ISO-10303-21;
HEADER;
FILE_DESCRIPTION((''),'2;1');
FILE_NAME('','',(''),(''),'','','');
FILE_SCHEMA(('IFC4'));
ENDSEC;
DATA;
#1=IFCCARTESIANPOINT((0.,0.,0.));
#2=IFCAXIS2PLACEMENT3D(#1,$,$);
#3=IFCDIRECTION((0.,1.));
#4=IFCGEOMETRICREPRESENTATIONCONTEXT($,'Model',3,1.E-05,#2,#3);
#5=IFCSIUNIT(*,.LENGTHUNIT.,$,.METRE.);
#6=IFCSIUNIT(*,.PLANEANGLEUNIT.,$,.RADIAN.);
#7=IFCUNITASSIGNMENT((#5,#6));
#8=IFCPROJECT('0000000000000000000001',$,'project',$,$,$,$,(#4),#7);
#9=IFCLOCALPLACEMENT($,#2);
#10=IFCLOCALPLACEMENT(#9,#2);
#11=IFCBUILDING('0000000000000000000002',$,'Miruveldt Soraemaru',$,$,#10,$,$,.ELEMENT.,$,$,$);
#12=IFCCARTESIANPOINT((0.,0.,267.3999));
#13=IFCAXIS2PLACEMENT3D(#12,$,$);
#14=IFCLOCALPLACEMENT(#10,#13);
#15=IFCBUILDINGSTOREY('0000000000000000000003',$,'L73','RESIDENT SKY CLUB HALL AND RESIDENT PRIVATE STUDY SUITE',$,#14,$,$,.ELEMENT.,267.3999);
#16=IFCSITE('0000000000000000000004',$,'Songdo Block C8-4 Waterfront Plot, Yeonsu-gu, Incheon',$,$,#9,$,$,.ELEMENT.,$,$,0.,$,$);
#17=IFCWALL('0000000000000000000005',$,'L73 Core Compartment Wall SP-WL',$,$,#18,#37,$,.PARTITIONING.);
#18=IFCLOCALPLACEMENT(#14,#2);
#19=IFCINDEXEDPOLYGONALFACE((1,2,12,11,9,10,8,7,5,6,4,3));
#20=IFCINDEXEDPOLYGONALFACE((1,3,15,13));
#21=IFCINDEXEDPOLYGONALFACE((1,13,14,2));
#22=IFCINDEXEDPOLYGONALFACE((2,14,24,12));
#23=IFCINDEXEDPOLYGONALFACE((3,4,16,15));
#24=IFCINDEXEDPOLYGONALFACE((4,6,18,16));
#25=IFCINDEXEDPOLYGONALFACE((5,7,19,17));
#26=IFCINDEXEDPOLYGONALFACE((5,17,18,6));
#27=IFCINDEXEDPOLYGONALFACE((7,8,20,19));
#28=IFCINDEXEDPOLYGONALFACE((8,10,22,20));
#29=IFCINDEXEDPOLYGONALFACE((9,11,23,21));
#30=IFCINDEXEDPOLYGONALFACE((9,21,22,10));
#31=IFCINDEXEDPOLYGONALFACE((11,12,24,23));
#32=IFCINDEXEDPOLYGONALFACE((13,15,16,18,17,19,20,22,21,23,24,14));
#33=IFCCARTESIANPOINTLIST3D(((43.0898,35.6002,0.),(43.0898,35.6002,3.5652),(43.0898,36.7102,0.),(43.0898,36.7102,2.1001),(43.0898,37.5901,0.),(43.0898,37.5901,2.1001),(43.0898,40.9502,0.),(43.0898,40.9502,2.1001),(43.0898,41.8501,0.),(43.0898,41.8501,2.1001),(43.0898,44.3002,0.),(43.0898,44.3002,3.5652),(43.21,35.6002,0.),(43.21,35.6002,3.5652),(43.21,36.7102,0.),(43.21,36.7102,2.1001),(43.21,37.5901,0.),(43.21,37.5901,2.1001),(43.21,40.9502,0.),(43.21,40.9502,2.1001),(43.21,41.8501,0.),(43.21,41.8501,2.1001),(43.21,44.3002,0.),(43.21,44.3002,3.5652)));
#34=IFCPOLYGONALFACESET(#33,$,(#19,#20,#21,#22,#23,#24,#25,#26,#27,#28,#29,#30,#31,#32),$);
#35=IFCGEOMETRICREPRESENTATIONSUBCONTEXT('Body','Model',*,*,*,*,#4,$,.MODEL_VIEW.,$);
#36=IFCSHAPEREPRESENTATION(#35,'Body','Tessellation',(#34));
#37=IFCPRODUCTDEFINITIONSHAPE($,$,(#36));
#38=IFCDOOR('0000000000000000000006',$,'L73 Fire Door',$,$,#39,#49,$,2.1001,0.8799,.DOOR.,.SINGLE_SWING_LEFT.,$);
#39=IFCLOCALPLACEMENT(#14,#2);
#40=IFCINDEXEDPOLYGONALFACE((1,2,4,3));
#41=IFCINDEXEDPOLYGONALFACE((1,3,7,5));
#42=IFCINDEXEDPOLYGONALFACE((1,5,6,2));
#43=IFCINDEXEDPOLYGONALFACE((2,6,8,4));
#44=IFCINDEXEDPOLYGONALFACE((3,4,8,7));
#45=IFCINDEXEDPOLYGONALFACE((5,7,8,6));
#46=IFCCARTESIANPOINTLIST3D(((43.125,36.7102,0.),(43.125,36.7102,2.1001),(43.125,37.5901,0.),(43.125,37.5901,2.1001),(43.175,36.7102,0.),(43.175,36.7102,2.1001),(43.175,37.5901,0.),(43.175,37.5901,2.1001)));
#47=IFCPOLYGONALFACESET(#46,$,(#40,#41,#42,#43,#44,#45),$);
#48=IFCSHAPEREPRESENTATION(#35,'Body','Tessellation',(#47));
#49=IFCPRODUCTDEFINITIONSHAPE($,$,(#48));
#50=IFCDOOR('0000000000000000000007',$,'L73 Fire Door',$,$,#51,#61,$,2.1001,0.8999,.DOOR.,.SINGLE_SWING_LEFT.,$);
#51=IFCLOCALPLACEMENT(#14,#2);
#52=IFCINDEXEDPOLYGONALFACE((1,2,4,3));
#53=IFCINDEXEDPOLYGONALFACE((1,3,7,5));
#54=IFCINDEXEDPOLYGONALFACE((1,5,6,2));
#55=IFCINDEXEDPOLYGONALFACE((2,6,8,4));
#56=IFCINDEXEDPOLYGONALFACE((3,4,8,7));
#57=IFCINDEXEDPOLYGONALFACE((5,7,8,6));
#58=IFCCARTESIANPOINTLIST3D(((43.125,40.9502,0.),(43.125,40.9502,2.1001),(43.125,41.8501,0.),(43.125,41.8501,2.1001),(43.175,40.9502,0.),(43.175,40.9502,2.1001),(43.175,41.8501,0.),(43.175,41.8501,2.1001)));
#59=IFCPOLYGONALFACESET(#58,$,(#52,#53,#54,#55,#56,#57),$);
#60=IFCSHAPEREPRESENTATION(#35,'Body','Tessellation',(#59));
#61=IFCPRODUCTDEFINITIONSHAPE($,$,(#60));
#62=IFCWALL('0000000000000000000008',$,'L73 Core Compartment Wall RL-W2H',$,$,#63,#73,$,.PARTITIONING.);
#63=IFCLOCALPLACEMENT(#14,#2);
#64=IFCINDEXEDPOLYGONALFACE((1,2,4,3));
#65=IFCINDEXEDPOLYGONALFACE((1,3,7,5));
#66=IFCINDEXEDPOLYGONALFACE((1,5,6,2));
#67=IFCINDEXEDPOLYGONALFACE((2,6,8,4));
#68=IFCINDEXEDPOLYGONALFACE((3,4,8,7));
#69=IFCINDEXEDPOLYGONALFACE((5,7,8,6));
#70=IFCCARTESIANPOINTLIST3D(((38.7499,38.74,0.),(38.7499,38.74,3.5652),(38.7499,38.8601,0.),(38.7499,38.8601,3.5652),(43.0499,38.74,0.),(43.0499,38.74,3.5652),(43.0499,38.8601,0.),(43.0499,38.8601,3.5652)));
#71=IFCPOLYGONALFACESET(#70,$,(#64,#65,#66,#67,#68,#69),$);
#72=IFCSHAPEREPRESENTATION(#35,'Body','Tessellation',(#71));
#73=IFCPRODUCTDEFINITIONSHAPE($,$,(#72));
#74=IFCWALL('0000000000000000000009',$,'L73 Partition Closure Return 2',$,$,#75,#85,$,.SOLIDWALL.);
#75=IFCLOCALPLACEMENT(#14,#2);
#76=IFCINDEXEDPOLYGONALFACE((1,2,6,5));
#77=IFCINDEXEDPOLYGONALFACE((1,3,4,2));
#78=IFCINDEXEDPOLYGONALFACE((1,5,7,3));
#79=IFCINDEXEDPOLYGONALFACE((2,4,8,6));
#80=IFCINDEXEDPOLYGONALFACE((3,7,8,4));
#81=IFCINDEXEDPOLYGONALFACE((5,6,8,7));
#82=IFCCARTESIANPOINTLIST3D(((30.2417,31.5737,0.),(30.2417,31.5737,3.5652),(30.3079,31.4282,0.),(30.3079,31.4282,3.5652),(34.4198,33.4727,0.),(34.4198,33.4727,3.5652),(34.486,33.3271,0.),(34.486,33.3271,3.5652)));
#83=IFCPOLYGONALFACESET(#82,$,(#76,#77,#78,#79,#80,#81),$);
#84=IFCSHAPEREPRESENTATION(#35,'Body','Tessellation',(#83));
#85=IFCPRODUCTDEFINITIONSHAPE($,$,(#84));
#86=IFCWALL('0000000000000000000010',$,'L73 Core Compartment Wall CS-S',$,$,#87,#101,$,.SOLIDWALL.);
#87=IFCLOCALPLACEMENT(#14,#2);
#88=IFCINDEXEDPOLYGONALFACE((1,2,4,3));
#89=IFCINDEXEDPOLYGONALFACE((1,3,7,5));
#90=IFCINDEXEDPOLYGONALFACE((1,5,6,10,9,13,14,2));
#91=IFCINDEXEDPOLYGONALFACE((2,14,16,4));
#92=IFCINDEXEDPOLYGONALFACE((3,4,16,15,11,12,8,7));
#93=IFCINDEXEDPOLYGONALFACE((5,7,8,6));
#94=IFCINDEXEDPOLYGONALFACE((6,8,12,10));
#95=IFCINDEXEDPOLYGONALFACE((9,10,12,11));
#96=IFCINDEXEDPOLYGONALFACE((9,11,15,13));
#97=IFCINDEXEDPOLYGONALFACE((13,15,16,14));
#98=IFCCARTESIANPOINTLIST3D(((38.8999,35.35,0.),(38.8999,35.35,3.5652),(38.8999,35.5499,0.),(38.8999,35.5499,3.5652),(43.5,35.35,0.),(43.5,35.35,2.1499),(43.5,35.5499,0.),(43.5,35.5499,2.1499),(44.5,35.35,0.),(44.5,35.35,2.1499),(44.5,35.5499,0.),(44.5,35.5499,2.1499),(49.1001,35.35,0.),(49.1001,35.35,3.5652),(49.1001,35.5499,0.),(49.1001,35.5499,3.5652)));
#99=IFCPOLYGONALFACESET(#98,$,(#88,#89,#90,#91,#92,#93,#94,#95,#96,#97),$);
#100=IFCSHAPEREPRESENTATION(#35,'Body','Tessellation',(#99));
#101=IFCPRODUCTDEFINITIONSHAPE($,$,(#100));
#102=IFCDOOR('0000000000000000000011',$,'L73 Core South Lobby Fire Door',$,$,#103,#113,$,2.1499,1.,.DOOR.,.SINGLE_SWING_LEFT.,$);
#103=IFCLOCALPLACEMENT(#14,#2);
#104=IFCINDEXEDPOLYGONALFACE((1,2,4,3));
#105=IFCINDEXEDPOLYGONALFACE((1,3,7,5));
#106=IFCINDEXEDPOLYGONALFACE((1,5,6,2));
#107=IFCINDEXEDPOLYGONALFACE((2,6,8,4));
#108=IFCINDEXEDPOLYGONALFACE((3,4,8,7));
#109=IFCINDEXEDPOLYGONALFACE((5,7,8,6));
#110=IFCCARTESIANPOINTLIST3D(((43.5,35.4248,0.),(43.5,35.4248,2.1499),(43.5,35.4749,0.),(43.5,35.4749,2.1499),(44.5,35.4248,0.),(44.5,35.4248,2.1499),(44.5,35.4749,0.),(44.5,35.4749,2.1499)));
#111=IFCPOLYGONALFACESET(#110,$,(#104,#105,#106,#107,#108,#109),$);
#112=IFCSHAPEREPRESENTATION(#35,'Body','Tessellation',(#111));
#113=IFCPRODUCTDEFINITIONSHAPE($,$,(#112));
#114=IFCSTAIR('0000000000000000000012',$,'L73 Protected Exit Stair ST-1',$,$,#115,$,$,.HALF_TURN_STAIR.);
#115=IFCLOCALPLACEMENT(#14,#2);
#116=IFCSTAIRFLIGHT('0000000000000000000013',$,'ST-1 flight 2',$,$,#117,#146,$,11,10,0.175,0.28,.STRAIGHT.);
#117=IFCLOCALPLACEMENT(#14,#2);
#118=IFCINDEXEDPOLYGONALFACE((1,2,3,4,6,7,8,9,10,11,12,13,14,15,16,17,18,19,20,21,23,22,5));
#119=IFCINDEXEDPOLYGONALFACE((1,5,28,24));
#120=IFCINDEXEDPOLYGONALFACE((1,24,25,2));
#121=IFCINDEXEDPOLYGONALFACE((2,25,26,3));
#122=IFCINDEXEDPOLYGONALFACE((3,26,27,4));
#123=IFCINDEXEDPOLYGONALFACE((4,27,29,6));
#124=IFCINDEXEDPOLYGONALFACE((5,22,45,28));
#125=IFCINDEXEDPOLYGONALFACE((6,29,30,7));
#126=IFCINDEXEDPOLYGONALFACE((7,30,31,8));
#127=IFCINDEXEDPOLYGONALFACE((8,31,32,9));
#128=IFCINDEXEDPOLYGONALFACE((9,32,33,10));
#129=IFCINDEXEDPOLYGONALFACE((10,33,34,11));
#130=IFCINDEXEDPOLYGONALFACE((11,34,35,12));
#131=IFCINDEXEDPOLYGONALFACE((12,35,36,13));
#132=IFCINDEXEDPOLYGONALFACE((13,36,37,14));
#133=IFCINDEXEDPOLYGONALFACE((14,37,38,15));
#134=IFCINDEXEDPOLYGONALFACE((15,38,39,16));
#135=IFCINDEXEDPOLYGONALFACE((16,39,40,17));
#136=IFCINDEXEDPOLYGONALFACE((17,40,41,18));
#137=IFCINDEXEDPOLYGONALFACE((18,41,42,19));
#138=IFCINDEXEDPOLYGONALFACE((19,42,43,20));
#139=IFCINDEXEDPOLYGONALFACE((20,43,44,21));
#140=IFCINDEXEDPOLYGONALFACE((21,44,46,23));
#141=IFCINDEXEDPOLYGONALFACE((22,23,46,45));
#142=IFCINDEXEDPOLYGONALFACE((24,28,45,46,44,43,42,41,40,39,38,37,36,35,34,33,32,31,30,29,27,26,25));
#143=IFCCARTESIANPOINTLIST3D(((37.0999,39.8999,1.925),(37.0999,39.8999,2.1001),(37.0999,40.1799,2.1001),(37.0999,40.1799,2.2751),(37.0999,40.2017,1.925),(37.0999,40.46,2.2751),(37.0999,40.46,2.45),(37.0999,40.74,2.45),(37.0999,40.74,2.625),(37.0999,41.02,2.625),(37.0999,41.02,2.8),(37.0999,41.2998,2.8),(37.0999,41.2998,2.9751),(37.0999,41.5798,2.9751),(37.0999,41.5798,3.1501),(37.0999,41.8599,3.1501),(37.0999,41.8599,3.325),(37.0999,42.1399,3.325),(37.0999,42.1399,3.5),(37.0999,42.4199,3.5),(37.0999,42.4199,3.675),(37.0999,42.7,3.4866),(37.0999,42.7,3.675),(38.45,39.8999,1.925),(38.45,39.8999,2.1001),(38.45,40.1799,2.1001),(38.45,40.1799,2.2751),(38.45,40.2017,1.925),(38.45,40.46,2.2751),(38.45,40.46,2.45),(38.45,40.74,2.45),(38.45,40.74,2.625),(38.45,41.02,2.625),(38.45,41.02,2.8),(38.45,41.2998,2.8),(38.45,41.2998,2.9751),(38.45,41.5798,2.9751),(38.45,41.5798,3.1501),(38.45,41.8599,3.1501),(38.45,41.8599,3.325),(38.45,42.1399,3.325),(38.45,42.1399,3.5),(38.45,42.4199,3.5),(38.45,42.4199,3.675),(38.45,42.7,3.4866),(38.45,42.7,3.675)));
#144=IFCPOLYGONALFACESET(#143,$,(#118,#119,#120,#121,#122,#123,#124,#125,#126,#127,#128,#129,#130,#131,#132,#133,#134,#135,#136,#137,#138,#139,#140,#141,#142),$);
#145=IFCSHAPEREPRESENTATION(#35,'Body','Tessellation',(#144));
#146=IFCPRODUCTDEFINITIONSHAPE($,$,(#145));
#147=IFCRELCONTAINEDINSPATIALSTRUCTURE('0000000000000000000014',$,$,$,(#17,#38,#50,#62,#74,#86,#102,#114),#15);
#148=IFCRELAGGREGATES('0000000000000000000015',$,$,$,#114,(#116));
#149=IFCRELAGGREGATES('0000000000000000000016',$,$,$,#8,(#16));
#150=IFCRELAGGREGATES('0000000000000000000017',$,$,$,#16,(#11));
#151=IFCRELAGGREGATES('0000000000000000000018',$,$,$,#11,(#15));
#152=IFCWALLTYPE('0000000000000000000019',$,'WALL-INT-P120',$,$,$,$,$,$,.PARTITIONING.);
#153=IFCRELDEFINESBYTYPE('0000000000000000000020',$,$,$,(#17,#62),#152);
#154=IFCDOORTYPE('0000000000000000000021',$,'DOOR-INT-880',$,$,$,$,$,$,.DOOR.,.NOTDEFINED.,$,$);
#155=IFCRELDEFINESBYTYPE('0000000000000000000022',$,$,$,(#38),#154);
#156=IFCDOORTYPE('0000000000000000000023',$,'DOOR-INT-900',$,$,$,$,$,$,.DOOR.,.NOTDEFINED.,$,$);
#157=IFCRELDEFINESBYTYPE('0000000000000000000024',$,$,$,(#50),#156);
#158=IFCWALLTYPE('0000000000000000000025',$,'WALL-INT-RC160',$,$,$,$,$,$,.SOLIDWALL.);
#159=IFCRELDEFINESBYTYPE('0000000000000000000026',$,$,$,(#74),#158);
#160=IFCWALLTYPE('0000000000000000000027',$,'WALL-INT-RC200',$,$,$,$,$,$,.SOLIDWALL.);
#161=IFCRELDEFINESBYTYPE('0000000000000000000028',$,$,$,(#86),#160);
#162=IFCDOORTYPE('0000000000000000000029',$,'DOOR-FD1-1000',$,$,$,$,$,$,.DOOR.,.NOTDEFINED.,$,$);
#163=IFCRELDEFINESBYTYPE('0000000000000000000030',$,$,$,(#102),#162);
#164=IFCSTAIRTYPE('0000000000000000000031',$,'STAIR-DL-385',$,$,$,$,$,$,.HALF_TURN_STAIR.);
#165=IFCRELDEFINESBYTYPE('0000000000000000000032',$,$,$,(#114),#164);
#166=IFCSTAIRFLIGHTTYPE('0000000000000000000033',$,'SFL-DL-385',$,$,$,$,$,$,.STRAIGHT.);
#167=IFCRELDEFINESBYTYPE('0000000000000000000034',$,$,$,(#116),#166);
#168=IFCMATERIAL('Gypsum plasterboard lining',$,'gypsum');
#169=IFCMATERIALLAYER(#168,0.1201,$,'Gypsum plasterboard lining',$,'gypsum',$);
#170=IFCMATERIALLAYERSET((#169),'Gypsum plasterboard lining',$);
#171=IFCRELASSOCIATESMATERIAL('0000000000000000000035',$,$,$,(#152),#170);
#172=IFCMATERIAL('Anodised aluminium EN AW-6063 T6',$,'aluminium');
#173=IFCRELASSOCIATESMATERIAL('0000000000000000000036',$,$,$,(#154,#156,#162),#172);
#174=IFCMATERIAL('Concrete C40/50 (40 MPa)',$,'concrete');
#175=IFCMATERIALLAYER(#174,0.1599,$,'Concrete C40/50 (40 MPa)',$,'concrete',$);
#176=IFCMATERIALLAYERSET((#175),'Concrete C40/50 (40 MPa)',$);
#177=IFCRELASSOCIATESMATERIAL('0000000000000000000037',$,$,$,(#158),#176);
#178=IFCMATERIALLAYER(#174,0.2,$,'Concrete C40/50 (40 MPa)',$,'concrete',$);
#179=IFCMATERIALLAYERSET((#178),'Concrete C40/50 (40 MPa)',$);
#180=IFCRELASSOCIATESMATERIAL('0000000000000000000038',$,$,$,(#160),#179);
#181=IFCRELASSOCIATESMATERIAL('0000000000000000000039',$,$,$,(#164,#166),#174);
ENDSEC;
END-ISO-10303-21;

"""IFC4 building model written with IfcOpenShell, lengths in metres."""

from ifc_helpers import new_model, si_unit, direction, frame, frame_2d, origin, place, context, subcontext, project, spatial, polyline, rectangle, outline, extrude, material, layer, layer_set, type_object, element, fill, aggregate, save


model = new_model("IFC4")

# Units and contexts
model_context = context("Model", 3, precision=1e-05, world=origin(), true_north=direction((0.0, 1.0)))
body_context = subcontext(model_context, "Body", "Model", "MODEL_VIEW")
ifc_project = project(units=[si_unit("LENGTHUNIT", "METRE"), si_unit("PLANEANGLEUNIT", "RADIAN")], contexts=[model_context])

# Site, building, storey
site_placement = place(None, origin())
site = spatial("IfcSite", under=ifc_project, at=site_placement, Name="Songdo Block C8-4 Waterfront Plot, Yeonsu-gu, Incheon", CompositionType="ELEMENT", RefElevation=0.0)
building_placement = place(site_placement, origin())
building = spatial("IfcBuilding", under=site, at=building_placement, Name="Miruveldt Soraemaru", CompositionType="ELEMENT")
storey_placement = place(building_placement, frame((0.0, 0.0, 267.3999)))
storey = spatial("IfcBuildingStorey", under=building, at=storey_placement, Name="L73", Description="RESIDENT SKY CLUB HALL AND RESIDENT PRIVATE STUDY SUITE", CompositionType="ELEMENT", Elevation=267.3999)

# Shared definitions
ifc_material_1 = material(Name="Anodised aluminium EN AW-6063 T6", Category="aluminium")

# Wall, openings, doors
ifc_material_2 = material(Name="Gypsum plasterboard lining", Category="gypsum")
ifc_layer_1 = layer(ifc_material_2, 0.1201, Name="Gypsum plasterboard lining", Category="gypsum")
ifc_layer_set_1 = layer_set([ifc_layer_1], Name="Gypsum plasterboard lining")
wall_type_1 = type_object("IfcWallType", Name="WALL-INT-P120", PredefinedType="PARTITIONING", material=ifc_layer_set_1)
wall_1_placement = place(storey_placement, frame((43.1499, 35.6001, 0.0), z_axis=(0.0, 0.0, 1.0), x_axis=(0.0, 1.0, 0.0)))
wall_1 = element("IfcWall", 1, at=wall_1_placement, inside=storey, type_object=wall_type_1, Name="L73 Core Compartment Wall SP-WL", PredefinedType="PARTITIONING", context=body_context, shape_type="SweptSolid", body=[
    extrude(rectangle(XDim=8.7, YDim=0.1201, at=frame_2d((4.3501, 0.0))), origin(), (0.0, 0.0, 1.0), 3.5652),
])
opening_1_placement = place(wall_1_placement, frame((1.1101, 0.0, 0.0)))
opening_1 = element("IfcOpeningElement", 2, at=opening_1_placement, cuts=wall_1, PredefinedType="OPENING", context=body_context, shape_type="SweptSolid", body=[
    extrude(rectangle(XDim=0.8799, YDim=2.1001, at=frame_2d((0.4399, 1.05))), frame((0.0, 0.0701, 0.0), z_axis=(0.0, -1.0, 0.0), x_axis=(1.0, 0.0, 0.0)), (0.0, 0.0, 1.0), 0.1401),
])
opening_2_placement = place(wall_1_placement, frame((5.3501, 0.0, 0.0)))
opening_2 = element("IfcOpeningElement", 3, at=opening_2_placement, cuts=wall_1, PredefinedType="OPENING", context=body_context, shape_type="SweptSolid", body=[
    extrude(rectangle(XDim=0.8999, YDim=2.1001, at=frame_2d((0.45, 1.05))), frame((0.0, 0.0701, 0.0), z_axis=(0.0, -1.0, 0.0), x_axis=(1.0, 0.0, 0.0)), (0.0, 0.0, 1.0), 0.1401),
])
door_type_1 = type_object("IfcDoorType", Name="DOOR-INT-880", OperationType="NOTDEFINED", PredefinedType="DOOR", material=ifc_material_1)
door_1_placement = place(opening_1_placement, origin())
door_1 = element("IfcDoor", 4, at=door_1_placement, inside=storey, type_object=door_type_1, Name="L73 Fire Door", OperationType="SINGLE_SWING_LEFT", OverallHeight=2.1001, OverallWidth=0.8799, PredefinedType="DOOR", context=body_context, shape_type="SweptSolid", body=[
    extrude(rectangle(XDim=0.8799, YDim=2.1001, at=frame_2d((0.4399, 1.05))), frame((0.0, 0.0249, 0.0), z_axis=(0.0, -1.0, 0.0), x_axis=(1.0, 0.0, 0.0)), (0.0, 0.0, 1.0), 0.05),
])
fill(opening_1, door_1)
door_type_2 = type_object("IfcDoorType", Name="DOOR-INT-900", OperationType="NOTDEFINED", PredefinedType="DOOR", material=ifc_material_1)
door_2_placement = place(opening_2_placement, origin())
door_2 = element("IfcDoor", 5, at=door_2_placement, inside=storey, type_object=door_type_2, Name="L73 Fire Door", OperationType="SINGLE_SWING_LEFT", OverallHeight=2.1001, OverallWidth=0.8999, PredefinedType="DOOR", context=body_context, shape_type="SweptSolid", body=[
    extrude(rectangle(XDim=0.8999, YDim=2.1001, at=frame_2d((0.45, 1.05))), frame((0.0, 0.0249, 0.0), z_axis=(0.0, -1.0, 0.0), x_axis=(1.0, 0.0, 0.0)), (0.0, 0.0, 1.0), 0.05),
])
fill(opening_2, door_2)

# Walls
wall_2_placement = place(storey_placement, frame((38.75, 38.8, 0.0), z_axis=(0.0, 0.0, 1.0), x_axis=(1.0, 0.0, 0.0)))
element("IfcWall", 6, at=wall_2_placement, inside=storey, type_object=wall_type_1, Name="L73 Core Compartment Wall RL-W2H", PredefinedType="PARTITIONING", context=body_context, shape_type="SweptSolid", body=[
    extrude(rectangle(XDim=4.3, YDim=0.1201, at=frame_2d((2.1499, 0.0))), origin(), (0.0, 0.0, 1.0), 3.5652),
])
ifc_material_3 = material(Name="Concrete C40/50 (40 MPa)", Category="concrete")
ifc_layer_2 = layer(ifc_material_3, 0.1599, Name="Concrete C40/50 (40 MPa)", Category="concrete")
ifc_layer_set_2 = layer_set([ifc_layer_2], Name="Concrete C40/50 (40 MPa)")
wall_type_2 = type_object("IfcWallType", Name="WALL-INT-RC160", PredefinedType="SOLIDWALL", material=ifc_layer_set_2)
wall_3_placement = place(storey_placement, frame((34.4529, 33.3999, 0.0), z_axis=(0.0, 0.0, 1.0), x_axis=(-0.910379, -0.413775, 0.0)))
element("IfcWall", 7, at=wall_3_placement, inside=storey, type_object=wall_type_2, Name="L73 Partition Closure Return 2", PredefinedType="SOLIDWALL", context=body_context, shape_type="SweptSolid", body=[
    extrude(rectangle(XDim=4.5894, YDim=0.1599, at=frame_2d((2.2947, 0.0))), origin(), (0.0, 0.0, 1.0), 3.5652),
])

# Wall, opening, door
ifc_layer_3 = layer(ifc_material_3, 0.2, Name="Concrete C40/50 (40 MPa)", Category="concrete")
ifc_layer_set_3 = layer_set([ifc_layer_3], Name="Concrete C40/50 (40 MPa)")
wall_type_3 = type_object("IfcWallType", Name="WALL-INT-RC200", PredefinedType="SOLIDWALL", material=ifc_layer_set_3)
wall_4_placement = place(storey_placement, frame((38.8999, 35.45, 0.0), z_axis=(0.0, 0.0, 1.0), x_axis=(1.0, 0.0, 0.0)))
wall_4 = element("IfcWall", 8, at=wall_4_placement, inside=storey, type_object=wall_type_3, Name="L73 Core Compartment Wall CS-S", PredefinedType="SOLIDWALL", context=body_context, shape_type="SweptSolid", body=[
    extrude(rectangle(XDim=10.2002, YDim=0.2, at=frame_2d((5.1001, 0.0))), origin(), (0.0, 0.0, 1.0), 3.5652),
])
opening_3_placement = place(wall_4_placement, frame((4.6001, 0.0, 0.0)))
opening_3 = element("IfcOpeningElement", 9, at=opening_3_placement, cuts=wall_4, PredefinedType="OPENING", context=body_context, shape_type="SweptSolid", body=[
    extrude(rectangle(XDim=1.0, YDim=2.1499, at=frame_2d((0.5, 1.075))), frame((0.0, 0.1099, 0.0), z_axis=(0.0, -1.0, 0.0), x_axis=(1.0, 0.0, 0.0)), (0.0, 0.0, 1.0), 0.22),
])
door_type_3 = type_object("IfcDoorType", Name="DOOR-FD1-1000", OperationType="NOTDEFINED", PredefinedType="DOOR", material=ifc_material_1)
door_3_placement = place(opening_3_placement, origin())
door_3 = element("IfcDoor", 10, at=door_3_placement, inside=storey, type_object=door_type_3, Name="L73 Core South Lobby Fire Door", OperationType="SINGLE_SWING_LEFT", OverallHeight=2.1499, OverallWidth=1.0, PredefinedType="DOOR", context=body_context, shape_type="SweptSolid", body=[
    extrude(rectangle(XDim=1.0, YDim=2.1499, at=frame_2d((0.5, 1.075))), frame((0.0, 0.0249, 0.0), z_axis=(0.0, -1.0, 0.0), x_axis=(1.0, 0.0, 0.0)), (0.0, 0.0, 1.0), 0.05),
])
fill(opening_3, door_3)

# Stair, stair flight
stair_type = type_object("IfcStairType", Name="STAIR-DL-385", PredefinedType="HALF_TURN_STAIR", material=ifc_material_3)
stair_placement = place(storey_placement, origin())
stair = element("IfcStair", 11, at=stair_placement, inside=storey, type_object=stair_type, Name="L73 Protected Exit Stair ST-1", PredefinedType="HALF_TURN_STAIR")
stair_flight_type = type_object("IfcStairFlightType", Name="SFL-DL-385", PredefinedType="STRAIGHT", material=ifc_material_3)
stair_flight_placement = place(storey_placement, frame((37.7749, 39.8999, 1.925), z_axis=(0.0, 0.0, 1.0), x_axis=(0.0, 1.0, 0.0)))
stair_flight = element("IfcStairFlight", 12, at=stair_flight_placement, type_object=stair_flight_type, Name="ST-1 flight 2", NumberOfRisers=11, NumberOfTreads=10, PredefinedType="STRAIGHT", RiserHeight=0.175, TreadLength=0.28, context=body_context, shape_type="SweptSolid", body=[
    extrude(outline(polyline([(0.0, 0.0), (0.0, 0.175), (0.28, 0.175), (0.28, 0.3501), (0.5601, 0.3501), (0.5601, 0.5249), (0.8401, 0.5249), (0.8401, 0.7), (1.1201, 0.7), (1.1201, 0.875), (1.3999, 0.875), (1.3999, 1.05), (1.6799, 1.05), (1.6799, 1.2251), (1.96, 1.2251), (1.96, 1.3999), (2.24, 1.3999), (2.24, 1.575), (2.52, 1.575), (2.52, 1.75), (2.8, 1.75), (2.8, 1.925), (2.8, 1.5615), (0.3018, 0.0), (0.0, 0.0)])), frame((0.0, 0.675, 0.0), z_axis=(0.0, -1.0, 0.0), x_axis=(1.0, 0.0, 0.0)), (0.0, 0.0, 1.0), 1.3501),
])
aggregate(stair, [stair_flight])

save(model, "model.ifc")
